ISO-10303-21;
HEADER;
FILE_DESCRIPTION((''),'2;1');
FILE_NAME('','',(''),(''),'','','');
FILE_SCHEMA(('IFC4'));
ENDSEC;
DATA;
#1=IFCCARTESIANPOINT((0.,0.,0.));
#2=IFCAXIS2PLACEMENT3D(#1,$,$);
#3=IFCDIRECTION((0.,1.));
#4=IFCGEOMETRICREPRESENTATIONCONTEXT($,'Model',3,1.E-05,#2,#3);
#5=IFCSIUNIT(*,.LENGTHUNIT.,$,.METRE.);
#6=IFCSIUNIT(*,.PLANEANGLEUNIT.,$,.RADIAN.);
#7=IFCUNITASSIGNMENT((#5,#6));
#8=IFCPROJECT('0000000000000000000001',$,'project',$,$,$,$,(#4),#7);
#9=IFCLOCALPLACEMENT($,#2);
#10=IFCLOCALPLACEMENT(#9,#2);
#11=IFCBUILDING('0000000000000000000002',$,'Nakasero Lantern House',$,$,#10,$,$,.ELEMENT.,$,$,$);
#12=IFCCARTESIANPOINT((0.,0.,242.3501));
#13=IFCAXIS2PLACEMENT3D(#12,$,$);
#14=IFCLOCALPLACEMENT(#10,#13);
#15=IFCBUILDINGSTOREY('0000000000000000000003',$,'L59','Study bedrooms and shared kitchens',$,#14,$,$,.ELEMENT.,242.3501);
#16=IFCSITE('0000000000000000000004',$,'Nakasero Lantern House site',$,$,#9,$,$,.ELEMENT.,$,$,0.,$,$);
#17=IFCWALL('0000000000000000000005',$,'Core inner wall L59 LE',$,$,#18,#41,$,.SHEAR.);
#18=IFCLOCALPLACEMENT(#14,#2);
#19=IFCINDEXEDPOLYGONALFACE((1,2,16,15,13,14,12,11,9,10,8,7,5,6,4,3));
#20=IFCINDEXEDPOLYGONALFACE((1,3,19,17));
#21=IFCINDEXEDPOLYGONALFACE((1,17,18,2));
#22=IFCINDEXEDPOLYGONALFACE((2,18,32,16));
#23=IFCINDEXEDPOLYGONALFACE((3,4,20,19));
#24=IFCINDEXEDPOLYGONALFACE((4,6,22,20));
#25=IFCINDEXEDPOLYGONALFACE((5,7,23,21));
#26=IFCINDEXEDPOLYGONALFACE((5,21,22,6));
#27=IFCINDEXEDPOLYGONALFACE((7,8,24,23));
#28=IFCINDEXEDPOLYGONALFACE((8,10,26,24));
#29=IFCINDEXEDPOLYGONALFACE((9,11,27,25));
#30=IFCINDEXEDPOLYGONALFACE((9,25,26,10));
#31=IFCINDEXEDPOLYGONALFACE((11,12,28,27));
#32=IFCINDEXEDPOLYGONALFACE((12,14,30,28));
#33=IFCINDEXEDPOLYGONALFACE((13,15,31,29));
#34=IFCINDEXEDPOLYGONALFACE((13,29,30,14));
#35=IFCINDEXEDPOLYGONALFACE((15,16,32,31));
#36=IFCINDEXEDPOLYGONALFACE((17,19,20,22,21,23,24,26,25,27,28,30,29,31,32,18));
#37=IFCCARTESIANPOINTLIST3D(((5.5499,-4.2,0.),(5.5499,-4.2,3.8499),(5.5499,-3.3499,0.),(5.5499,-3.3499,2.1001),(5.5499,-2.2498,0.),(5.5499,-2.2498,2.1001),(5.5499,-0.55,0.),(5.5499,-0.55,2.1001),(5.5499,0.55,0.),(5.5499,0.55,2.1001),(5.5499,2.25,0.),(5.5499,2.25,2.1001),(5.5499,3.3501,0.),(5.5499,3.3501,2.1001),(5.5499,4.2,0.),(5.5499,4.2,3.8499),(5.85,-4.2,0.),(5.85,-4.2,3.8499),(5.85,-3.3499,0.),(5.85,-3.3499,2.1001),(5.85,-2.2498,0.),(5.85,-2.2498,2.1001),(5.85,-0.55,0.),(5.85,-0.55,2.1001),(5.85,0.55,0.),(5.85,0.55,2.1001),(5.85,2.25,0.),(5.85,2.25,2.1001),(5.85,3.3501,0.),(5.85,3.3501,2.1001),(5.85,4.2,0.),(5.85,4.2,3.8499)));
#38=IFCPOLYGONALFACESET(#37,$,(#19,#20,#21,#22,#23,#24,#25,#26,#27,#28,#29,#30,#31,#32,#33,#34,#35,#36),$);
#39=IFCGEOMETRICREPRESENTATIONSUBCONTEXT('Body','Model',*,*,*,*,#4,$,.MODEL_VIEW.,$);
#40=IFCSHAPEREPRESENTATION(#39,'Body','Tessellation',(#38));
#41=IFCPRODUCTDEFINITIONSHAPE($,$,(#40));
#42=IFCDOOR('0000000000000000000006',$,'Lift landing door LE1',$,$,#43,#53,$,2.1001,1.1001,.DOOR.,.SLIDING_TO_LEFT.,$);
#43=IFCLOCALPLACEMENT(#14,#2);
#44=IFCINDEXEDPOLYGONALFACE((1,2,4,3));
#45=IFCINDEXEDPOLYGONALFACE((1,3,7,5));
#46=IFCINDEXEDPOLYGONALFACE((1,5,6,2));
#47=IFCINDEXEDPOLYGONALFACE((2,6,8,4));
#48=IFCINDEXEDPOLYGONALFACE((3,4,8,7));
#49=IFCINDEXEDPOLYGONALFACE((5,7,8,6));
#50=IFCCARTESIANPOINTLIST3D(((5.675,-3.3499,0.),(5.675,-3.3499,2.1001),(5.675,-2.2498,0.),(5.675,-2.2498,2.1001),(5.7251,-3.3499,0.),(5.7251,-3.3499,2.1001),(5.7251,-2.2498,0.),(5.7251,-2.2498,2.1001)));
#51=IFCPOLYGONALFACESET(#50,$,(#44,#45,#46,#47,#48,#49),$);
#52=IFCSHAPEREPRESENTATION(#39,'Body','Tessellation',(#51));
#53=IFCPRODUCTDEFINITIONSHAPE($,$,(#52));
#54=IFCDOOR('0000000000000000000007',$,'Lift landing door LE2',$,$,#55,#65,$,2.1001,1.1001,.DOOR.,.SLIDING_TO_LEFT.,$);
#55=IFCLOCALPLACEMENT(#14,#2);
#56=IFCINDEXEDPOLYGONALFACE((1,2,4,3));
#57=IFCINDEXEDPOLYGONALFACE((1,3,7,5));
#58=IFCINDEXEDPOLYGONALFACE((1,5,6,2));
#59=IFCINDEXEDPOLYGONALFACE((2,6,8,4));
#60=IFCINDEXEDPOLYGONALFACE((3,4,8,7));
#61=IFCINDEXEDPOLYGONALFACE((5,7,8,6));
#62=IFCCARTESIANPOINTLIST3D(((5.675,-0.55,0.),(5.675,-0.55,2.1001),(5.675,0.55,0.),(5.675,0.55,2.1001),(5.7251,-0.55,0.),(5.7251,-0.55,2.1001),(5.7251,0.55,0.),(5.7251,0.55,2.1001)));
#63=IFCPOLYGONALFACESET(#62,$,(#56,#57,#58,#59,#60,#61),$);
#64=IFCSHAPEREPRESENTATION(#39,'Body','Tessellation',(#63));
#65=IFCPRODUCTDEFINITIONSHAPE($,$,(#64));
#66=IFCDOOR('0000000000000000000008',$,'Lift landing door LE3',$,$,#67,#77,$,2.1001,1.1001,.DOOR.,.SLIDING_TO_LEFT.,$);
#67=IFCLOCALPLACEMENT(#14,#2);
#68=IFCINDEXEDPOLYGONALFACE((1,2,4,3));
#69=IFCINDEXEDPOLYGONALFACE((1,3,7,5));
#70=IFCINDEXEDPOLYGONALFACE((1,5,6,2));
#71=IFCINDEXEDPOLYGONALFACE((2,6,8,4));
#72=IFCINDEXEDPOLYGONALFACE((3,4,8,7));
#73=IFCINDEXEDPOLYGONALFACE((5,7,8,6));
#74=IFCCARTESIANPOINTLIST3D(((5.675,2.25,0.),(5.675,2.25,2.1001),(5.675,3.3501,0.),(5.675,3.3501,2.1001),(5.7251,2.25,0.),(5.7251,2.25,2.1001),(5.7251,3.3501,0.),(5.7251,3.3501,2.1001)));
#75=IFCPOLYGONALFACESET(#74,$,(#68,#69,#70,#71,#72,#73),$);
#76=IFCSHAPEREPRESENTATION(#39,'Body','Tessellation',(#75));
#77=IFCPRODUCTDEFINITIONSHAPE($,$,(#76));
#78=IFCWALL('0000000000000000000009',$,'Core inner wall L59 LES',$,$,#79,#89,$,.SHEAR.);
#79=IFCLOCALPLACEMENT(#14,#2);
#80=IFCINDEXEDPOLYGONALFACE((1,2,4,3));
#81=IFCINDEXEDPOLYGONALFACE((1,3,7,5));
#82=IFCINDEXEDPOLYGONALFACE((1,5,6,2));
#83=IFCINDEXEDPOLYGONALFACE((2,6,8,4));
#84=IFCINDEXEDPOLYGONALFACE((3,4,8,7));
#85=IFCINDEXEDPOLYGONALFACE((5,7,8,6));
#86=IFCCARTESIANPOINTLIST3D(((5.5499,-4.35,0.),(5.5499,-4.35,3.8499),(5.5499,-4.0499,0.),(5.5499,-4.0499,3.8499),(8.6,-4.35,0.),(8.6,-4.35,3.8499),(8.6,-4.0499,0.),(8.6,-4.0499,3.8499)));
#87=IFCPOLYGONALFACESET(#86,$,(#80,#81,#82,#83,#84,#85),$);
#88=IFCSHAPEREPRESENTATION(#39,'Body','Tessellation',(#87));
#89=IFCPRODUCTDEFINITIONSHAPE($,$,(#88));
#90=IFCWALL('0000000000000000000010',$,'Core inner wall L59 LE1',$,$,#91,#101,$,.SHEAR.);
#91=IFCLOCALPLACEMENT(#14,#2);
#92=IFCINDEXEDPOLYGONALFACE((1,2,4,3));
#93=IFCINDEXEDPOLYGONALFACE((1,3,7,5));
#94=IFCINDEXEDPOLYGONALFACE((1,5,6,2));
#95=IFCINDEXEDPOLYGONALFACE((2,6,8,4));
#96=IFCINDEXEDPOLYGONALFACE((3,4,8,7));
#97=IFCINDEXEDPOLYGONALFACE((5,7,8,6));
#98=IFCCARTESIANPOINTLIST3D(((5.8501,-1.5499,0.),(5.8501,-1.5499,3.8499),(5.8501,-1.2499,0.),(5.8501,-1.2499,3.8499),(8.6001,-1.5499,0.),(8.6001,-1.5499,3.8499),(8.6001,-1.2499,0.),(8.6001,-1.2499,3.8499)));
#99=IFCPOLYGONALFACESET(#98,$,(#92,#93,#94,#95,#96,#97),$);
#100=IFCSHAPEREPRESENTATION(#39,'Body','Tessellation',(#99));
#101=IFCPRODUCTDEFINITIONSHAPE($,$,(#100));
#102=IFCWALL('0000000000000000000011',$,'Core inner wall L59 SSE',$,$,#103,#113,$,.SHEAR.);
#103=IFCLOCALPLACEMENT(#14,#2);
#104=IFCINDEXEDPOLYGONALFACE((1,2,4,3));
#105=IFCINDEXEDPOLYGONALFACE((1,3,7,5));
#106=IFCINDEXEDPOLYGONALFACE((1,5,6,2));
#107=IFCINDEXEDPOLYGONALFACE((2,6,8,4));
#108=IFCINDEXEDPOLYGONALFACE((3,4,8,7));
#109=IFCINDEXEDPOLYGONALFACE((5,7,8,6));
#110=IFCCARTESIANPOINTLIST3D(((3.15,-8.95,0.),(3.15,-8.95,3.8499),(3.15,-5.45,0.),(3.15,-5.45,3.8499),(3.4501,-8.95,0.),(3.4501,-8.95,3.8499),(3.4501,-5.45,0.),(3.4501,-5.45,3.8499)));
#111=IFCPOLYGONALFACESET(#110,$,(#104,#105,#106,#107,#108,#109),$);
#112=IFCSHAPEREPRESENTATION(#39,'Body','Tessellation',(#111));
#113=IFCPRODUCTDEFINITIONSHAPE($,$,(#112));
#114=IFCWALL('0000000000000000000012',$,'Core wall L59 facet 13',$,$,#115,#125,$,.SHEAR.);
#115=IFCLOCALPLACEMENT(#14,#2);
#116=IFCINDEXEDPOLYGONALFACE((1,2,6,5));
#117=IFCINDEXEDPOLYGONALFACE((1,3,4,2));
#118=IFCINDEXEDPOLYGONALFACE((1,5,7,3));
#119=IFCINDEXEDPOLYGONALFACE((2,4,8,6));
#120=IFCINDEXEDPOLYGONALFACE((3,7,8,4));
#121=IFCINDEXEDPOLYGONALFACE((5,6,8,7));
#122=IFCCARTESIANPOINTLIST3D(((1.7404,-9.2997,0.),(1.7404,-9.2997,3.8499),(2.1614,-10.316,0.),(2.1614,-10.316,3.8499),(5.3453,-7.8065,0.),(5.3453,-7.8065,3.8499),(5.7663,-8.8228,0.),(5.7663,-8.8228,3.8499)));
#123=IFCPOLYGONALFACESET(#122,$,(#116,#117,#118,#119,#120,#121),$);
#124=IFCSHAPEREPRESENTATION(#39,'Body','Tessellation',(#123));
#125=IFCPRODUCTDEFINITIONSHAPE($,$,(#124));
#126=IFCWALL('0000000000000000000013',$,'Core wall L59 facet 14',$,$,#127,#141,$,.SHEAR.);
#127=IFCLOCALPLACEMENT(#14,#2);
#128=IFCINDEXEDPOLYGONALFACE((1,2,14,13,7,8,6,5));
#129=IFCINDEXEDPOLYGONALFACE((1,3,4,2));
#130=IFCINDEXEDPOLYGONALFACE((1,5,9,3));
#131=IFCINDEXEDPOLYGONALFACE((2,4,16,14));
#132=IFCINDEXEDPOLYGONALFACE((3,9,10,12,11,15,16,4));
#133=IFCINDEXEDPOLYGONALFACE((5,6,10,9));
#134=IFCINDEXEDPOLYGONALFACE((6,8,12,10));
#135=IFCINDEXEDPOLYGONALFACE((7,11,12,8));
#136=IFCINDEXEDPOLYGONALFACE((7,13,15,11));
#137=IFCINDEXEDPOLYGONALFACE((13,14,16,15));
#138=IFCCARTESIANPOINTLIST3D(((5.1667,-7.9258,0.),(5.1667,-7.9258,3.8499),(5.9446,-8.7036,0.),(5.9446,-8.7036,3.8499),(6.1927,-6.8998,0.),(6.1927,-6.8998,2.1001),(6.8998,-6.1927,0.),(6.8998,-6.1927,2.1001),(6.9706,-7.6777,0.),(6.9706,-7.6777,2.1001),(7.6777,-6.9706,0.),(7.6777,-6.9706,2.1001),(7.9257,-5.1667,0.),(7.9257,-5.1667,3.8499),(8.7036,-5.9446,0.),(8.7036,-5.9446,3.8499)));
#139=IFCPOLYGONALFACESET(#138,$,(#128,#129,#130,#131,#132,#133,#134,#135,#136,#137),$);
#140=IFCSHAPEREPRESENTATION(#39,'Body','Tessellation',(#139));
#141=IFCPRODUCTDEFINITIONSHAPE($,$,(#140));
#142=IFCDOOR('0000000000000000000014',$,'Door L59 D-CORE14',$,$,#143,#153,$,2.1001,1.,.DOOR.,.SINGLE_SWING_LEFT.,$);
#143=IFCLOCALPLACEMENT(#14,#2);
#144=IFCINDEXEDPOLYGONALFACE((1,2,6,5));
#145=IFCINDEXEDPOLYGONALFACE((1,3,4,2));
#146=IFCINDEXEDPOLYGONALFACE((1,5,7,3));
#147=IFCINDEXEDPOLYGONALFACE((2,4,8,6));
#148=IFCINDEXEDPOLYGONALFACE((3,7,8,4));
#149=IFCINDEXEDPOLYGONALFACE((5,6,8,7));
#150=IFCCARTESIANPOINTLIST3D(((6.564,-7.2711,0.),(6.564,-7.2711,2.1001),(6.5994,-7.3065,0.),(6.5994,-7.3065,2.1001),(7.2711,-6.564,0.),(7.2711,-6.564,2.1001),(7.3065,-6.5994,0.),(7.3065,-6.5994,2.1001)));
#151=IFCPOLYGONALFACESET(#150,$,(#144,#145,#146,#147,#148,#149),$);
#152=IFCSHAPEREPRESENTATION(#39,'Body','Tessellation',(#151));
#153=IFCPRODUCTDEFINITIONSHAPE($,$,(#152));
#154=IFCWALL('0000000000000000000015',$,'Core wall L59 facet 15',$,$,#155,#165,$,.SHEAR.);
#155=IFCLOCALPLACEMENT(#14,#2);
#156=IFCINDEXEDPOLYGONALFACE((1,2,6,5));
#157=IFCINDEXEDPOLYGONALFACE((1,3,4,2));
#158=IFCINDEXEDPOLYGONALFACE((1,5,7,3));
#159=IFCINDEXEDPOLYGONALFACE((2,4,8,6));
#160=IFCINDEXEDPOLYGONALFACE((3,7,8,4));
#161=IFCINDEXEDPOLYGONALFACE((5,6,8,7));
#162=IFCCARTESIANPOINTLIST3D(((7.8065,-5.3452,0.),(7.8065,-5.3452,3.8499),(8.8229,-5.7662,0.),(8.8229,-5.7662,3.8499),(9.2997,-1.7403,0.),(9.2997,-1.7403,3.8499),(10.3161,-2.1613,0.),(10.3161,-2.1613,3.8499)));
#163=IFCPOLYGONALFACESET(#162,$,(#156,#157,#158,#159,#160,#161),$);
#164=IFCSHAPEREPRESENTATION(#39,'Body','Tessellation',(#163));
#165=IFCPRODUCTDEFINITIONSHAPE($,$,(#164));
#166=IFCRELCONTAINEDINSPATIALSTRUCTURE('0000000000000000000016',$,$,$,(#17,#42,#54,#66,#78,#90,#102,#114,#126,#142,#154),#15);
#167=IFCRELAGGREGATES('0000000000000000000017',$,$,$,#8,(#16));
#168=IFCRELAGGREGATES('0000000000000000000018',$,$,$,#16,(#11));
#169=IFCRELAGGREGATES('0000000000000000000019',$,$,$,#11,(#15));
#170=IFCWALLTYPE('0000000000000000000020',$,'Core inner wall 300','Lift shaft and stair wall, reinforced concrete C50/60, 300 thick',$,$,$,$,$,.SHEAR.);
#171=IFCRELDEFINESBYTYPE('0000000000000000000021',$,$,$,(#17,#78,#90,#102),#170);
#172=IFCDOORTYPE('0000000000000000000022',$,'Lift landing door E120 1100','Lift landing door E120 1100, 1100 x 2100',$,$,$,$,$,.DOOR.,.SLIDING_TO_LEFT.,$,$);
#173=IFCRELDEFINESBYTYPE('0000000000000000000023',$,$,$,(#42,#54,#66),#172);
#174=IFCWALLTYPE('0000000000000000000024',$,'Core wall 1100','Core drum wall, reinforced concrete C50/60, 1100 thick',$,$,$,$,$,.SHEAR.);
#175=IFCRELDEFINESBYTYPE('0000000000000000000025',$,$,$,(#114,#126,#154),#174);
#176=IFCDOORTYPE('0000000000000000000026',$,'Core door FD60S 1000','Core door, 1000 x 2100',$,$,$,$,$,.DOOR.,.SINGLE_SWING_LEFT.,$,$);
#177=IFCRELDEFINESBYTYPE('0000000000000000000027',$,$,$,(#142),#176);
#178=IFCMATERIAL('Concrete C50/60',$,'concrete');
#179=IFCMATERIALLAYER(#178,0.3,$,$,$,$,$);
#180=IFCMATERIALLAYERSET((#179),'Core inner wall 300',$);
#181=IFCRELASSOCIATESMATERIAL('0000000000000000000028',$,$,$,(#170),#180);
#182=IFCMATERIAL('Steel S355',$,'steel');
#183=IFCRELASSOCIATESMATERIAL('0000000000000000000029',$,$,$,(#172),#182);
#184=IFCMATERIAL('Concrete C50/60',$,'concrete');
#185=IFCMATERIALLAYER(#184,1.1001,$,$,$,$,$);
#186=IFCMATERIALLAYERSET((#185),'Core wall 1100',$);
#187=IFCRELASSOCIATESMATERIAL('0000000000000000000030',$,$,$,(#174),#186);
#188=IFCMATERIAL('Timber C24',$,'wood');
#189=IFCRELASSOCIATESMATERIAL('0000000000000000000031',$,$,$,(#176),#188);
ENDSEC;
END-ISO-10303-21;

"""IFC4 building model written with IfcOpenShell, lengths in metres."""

from ifc_helpers import new_model, si_unit, direction, frame, frame_2d, origin, place, context, subcontext, project, spatial, rectangle, extrude, material, layer, layer_set, type_object, element, fill, save


model = new_model("IFC4")

# Units and contexts
model_context = context("Model", 3, precision=1e-05, world=origin(), true_north=direction((0.0, 1.0)))
body_context = subcontext(model_context, "Body", "Model", "MODEL_VIEW")
ifc_project = project(units=[si_unit("LENGTHUNIT", "METRE"), si_unit("PLANEANGLEUNIT", "RADIAN")], contexts=[model_context])

# Site, building, storey
site_placement = place(None, origin())
site = spatial("IfcSite", under=ifc_project, at=site_placement, Name="Nakasero Lantern House site", CompositionType="ELEMENT", RefElevation=0.0)
building_placement = place(site_placement, origin())
building = spatial("IfcBuilding", under=site, at=building_placement, Name="Nakasero Lantern House", CompositionType="ELEMENT")
storey_placement = place(building_placement, frame((0.0, 0.0, 242.3501)))
storey = spatial("IfcBuildingStorey", under=building, at=storey_placement, Name="L59", Description="Study bedrooms and shared kitchens", CompositionType="ELEMENT", Elevation=242.3501)

# Wall, openings, doors
ifc_material_1 = material(Name="Concrete C50/60", Category="concrete")
ifc_layer_1 = layer(ifc_material_1, 0.3)
ifc_layer_set_1 = layer_set([ifc_layer_1], Name="Core inner wall 300")
wall_type_1 = type_object("IfcWallType", Name="Core inner wall 300", Description="Lift shaft and stair wall, reinforced concrete C50/60, 300 thick", PredefinedType="SHEAR", material=ifc_layer_set_1)
wall_1_placement = place(storey_placement, frame((5.7, -4.2, 0.0), z_axis=(0.0, 0.0, 1.0), x_axis=(0.0, 1.0, 0.0)))
wall_1 = element("IfcWall", 1, at=wall_1_placement, inside=storey, type_object=wall_type_1, Name="Core inner wall L59 LE", PredefinedType="SHEAR", context=body_context, shape_type="SweptSolid", body=[
    extrude(rectangle(XDim=8.3999, YDim=0.3, at=frame_2d((4.2, 0.0))), origin(), (0.0, 0.0, 1.0), 3.8499),
])
opening_1_placement = place(wall_1_placement, frame((0.8501, 0.0, 0.0)))
opening_1 = element("IfcOpeningElement", 2, at=opening_1_placement, cuts=wall_1, PredefinedType="OPENING", context=body_context, shape_type="SweptSolid", body=[
    extrude(rectangle(XDim=1.1001, YDim=2.1001, at=frame_2d((0.55, 1.05))), frame((0.0, 0.1699, 0.0), z_axis=(0.0, -1.0, 0.0), x_axis=(1.0, 0.0, 0.0)), (0.0, 0.0, 1.0), 0.3401),
])
opening_2_placement = place(wall_1_placement, frame((3.6499, 0.0, 0.0)))
opening_2 = element("IfcOpeningElement", 3, at=opening_2_placement, cuts=wall_1, PredefinedType="OPENING", context=body_context, shape_type="SweptSolid", body=[
    extrude(rectangle(XDim=1.1001, YDim=2.1001, at=frame_2d((0.55, 1.05))), frame((0.0, 0.1699, 0.0), z_axis=(0.0, -1.0, 0.0), x_axis=(1.0, 0.0, 0.0)), (0.0, 0.0, 1.0), 0.3401),
])
opening_3_placement = place(wall_1_placement, frame((6.45, 0.0, 0.0)))
opening_3 = element("IfcOpeningElement", 4, at=opening_3_placement, cuts=wall_1, PredefinedType="OPENING", context=body_context, shape_type="SweptSolid", body=[
    extrude(rectangle(XDim=1.1001, YDim=2.1001, at=frame_2d((0.55, 1.05))), frame((0.0, 0.1699, 0.0), z_axis=(0.0, -1.0, 0.0), x_axis=(1.0, 0.0, 0.0)), (0.0, 0.0, 1.0), 0.3401),
])
ifc_material_2 = material(Name="Steel S355", Category="steel")
door_type_1 = type_object("IfcDoorType", Name="Lift landing door E120 1100", Description="Lift landing door E120 1100, 1100 x 2100", OperationType="SLIDING_TO_LEFT", PredefinedType="DOOR", material=ifc_material_2)
door_1_placement = place(opening_1_placement, origin())
door_1 = element("IfcDoor", 5, at=door_1_placement, inside=storey, type_object=door_type_1, Name="Lift landing door LE1", OperationType="SLIDING_TO_LEFT", OverallHeight=2.1001, OverallWidth=1.1001, PredefinedType="DOOR", context=body_context, shape_type="SweptSolid", body=[
    extrude(rectangle(XDim=1.1001, YDim=2.1001, at=frame_2d((0.55, 1.05))), frame((0.0, 0.0249, 0.0), z_axis=(0.0, -1.0, 0.0), x_axis=(1.0, 0.0, 0.0)), (0.0, 0.0, 1.0), 0.05),
])
fill(opening_1, door_1)
door_2_placement = place(opening_2_placement, origin())
door_2 = element("IfcDoor", 6, at=door_2_placement, inside=storey, type_object=door_type_1, Name="Lift landing door LE2", OperationType="SLIDING_TO_LEFT", OverallHeight=2.1001, OverallWidth=1.1001, PredefinedType="DOOR", context=body_context, shape_type="SweptSolid", body=[
    extrude(rectangle(XDim=1.1001, YDim=2.1001, at=frame_2d((0.55, 1.05))), frame((0.0, 0.0249, 0.0), z_axis=(0.0, -1.0, 0.0), x_axis=(1.0, 0.0, 0.0)), (0.0, 0.0, 1.0), 0.05),
])
fill(opening_2, door_2)
door_3_placement = place(opening_3_placement, origin())
door_3 = element("IfcDoor", 7, at=door_3_placement, inside=storey, type_object=door_type_1, Name="Lift landing door LE3", OperationType="SLIDING_TO_LEFT", OverallHeight=2.1001, OverallWidth=1.1001, PredefinedType="DOOR", context=body_context, shape_type="SweptSolid", body=[
    extrude(rectangle(XDim=1.1001, YDim=2.1001, at=frame_2d((0.55, 1.05))), frame((0.0, 0.0249, 0.0), z_axis=(0.0, -1.0, 0.0), x_axis=(1.0, 0.0, 0.0)), (0.0, 0.0, 1.0), 0.05),
])
fill(opening_3, door_3)

# Walls
wall_2_placement = place(storey_placement, frame((5.55, -4.2, 0.0), z_axis=(0.0, 0.0, 1.0), x_axis=(1.0, 0.0, 0.0)))
element("IfcWall", 8, at=wall_2_placement, inside=storey, type_object=wall_type_1, Name="Core inner wall L59 LES", PredefinedType="SHEAR", context=body_context, shape_type="SweptSolid", body=[
    extrude(rectangle(XDim=3.05, YDim=0.3, at=frame_2d((1.5249, 0.0))), origin(), (0.0, 0.0, 1.0), 3.8499),
])
wall_3_placement = place(storey_placement, frame((5.8501, -1.3999, 0.0), z_axis=(0.0, 0.0, 1.0), x_axis=(1.0, 0.0, 0.0)))
element("IfcWall", 9, at=wall_3_placement, inside=storey, type_object=wall_type_1, Name="Core inner wall L59 LE1", PredefinedType="SHEAR", context=body_context, shape_type="SweptSolid", body=[
    extrude(rectangle(XDim=2.75, YDim=0.3, at=frame_2d((1.375, 0.0))), origin(), (0.0, 0.0, 1.0), 3.8499),
])
wall_4_placement = place(storey_placement, frame((3.3, -5.45, 0.0), z_axis=(0.0, 0.0, 1.0), x_axis=(0.0, -1.0, 0.0)))
element("IfcWall", 10, at=wall_4_placement, inside=storey, type_object=wall_type_1, Name="Core inner wall L59 SSE", PredefinedType="SHEAR", context=body_context, shape_type="SweptSolid", body=[
    extrude(rectangle(XDim=3.5, YDim=0.3, at=frame_2d((1.75, 0.0))), origin(), (0.0, 0.0, 1.0), 3.8499),
])
ifc_material_3 = material(Name="Concrete C50/60", Category="concrete")
ifc_layer_2 = layer(ifc_material_3, 1.1001)
ifc_layer_set_2 = layer_set([ifc_layer_2], Name="Core wall 1100")
wall_type_2 = type_object("IfcWallType", Name="Core wall 1100", Description="Core drum wall, reinforced concrete C50/60, 1100 thick", PredefinedType="SHEAR", material=ifc_layer_set_2)
wall_5_placement = place(storey_placement, frame((1.9509, -9.8079, 0.0), z_axis=(0.0, 0.0, 1.0), x_axis=(0.923877, 0.382691, 0.0)))
element("IfcWall", 11, at=wall_5_placement, inside=storey, type_object=wall_type_2, Name="Core wall L59 facet 13", PredefinedType="SHEAR", context=body_context, shape_type="SweptSolid", body=[
    extrude(rectangle(XDim=3.9019, YDim=1.1001, at=frame_2d((1.9509, 0.0))), origin(), (0.0, 0.0, 1.0), 3.8499),
])

# Wall, opening, door
wall_6_placement = place(storey_placement, frame((5.5557, -8.3147, 0.0), z_axis=(0.0, 0.0, 1.0), x_axis=(0.707107, 0.707107, 0.0)))
wall_6 = element("IfcWall", 12, at=wall_6_placement, inside=storey, type_object=wall_type_2, Name="Core wall L59 facet 14", PredefinedType="SHEAR", context=body_context, shape_type="SweptSolid", body=[
    extrude(rectangle(XDim=3.9019, YDim=1.1001, at=frame_2d((1.9509, 0.0))), origin(), (0.0, 0.0, 1.0), 3.8499),
])
opening_4_placement = place(wall_6_placement, frame((1.4509, 0.0, 0.0)))
opening_4 = element("IfcOpeningElement", 13, at=opening_4_placement, cuts=wall_6, PredefinedType="OPENING", context=body_context, shape_type="SweptSolid", body=[
    extrude(rectangle(XDim=1.0, YDim=2.1001, at=frame_2d((0.5, 1.05))), frame((0.0, 0.5701, 0.0), z_axis=(0.0, -1.0, 0.0), x_axis=(1.0, 0.0, 0.0)), (0.0, 0.0, 1.0), 1.1401),
])
ifc_material_4 = material(Name="Timber C24", Category="wood")
door_type_2 = type_object("IfcDoorType", Name="Core door FD60S 1000", Description="Core door, 1000 x 2100", OperationType="SINGLE_SWING_LEFT", PredefinedType="DOOR", material=ifc_material_4)
door_4_placement = place(opening_4_placement, origin())
door_4 = element("IfcDoor", 14, at=door_4_placement, inside=storey, type_object=door_type_2, Name="Door L59 D-CORE14", OperationType="SINGLE_SWING_LEFT", OverallHeight=2.1001, OverallWidth=1.0, PredefinedType="DOOR", context=body_context, shape_type="SweptSolid", body=[
    extrude(rectangle(XDim=1.0, YDim=2.1001, at=frame_2d((0.5, 1.05))), frame((0.0, 0.0249, 0.0), z_axis=(0.0, -1.0, 0.0), x_axis=(1.0, 0.0, 0.0)), (0.0, 0.0, 1.0), 0.05),
])
fill(opening_4, door_4)

# Wall
wall_7_placement = place(storey_placement, frame((8.3147, -5.5557, 0.0), z_axis=(0.0, 0.0, 1.0), x_axis=(0.382691, 0.923877, 0.0)))
element("IfcWall", 15, at=wall_7_placement, inside=storey, type_object=wall_type_2, Name="Core wall L59 facet 15", PredefinedType="SHEAR", context=body_context, shape_type="SweptSolid", body=[
    extrude(rectangle(XDim=3.9019, YDim=1.1001, at=frame_2d((1.9509, 0.0))), origin(), (0.0, 0.0, 1.0), 3.8499),
])

save(model, "model.ifc")
